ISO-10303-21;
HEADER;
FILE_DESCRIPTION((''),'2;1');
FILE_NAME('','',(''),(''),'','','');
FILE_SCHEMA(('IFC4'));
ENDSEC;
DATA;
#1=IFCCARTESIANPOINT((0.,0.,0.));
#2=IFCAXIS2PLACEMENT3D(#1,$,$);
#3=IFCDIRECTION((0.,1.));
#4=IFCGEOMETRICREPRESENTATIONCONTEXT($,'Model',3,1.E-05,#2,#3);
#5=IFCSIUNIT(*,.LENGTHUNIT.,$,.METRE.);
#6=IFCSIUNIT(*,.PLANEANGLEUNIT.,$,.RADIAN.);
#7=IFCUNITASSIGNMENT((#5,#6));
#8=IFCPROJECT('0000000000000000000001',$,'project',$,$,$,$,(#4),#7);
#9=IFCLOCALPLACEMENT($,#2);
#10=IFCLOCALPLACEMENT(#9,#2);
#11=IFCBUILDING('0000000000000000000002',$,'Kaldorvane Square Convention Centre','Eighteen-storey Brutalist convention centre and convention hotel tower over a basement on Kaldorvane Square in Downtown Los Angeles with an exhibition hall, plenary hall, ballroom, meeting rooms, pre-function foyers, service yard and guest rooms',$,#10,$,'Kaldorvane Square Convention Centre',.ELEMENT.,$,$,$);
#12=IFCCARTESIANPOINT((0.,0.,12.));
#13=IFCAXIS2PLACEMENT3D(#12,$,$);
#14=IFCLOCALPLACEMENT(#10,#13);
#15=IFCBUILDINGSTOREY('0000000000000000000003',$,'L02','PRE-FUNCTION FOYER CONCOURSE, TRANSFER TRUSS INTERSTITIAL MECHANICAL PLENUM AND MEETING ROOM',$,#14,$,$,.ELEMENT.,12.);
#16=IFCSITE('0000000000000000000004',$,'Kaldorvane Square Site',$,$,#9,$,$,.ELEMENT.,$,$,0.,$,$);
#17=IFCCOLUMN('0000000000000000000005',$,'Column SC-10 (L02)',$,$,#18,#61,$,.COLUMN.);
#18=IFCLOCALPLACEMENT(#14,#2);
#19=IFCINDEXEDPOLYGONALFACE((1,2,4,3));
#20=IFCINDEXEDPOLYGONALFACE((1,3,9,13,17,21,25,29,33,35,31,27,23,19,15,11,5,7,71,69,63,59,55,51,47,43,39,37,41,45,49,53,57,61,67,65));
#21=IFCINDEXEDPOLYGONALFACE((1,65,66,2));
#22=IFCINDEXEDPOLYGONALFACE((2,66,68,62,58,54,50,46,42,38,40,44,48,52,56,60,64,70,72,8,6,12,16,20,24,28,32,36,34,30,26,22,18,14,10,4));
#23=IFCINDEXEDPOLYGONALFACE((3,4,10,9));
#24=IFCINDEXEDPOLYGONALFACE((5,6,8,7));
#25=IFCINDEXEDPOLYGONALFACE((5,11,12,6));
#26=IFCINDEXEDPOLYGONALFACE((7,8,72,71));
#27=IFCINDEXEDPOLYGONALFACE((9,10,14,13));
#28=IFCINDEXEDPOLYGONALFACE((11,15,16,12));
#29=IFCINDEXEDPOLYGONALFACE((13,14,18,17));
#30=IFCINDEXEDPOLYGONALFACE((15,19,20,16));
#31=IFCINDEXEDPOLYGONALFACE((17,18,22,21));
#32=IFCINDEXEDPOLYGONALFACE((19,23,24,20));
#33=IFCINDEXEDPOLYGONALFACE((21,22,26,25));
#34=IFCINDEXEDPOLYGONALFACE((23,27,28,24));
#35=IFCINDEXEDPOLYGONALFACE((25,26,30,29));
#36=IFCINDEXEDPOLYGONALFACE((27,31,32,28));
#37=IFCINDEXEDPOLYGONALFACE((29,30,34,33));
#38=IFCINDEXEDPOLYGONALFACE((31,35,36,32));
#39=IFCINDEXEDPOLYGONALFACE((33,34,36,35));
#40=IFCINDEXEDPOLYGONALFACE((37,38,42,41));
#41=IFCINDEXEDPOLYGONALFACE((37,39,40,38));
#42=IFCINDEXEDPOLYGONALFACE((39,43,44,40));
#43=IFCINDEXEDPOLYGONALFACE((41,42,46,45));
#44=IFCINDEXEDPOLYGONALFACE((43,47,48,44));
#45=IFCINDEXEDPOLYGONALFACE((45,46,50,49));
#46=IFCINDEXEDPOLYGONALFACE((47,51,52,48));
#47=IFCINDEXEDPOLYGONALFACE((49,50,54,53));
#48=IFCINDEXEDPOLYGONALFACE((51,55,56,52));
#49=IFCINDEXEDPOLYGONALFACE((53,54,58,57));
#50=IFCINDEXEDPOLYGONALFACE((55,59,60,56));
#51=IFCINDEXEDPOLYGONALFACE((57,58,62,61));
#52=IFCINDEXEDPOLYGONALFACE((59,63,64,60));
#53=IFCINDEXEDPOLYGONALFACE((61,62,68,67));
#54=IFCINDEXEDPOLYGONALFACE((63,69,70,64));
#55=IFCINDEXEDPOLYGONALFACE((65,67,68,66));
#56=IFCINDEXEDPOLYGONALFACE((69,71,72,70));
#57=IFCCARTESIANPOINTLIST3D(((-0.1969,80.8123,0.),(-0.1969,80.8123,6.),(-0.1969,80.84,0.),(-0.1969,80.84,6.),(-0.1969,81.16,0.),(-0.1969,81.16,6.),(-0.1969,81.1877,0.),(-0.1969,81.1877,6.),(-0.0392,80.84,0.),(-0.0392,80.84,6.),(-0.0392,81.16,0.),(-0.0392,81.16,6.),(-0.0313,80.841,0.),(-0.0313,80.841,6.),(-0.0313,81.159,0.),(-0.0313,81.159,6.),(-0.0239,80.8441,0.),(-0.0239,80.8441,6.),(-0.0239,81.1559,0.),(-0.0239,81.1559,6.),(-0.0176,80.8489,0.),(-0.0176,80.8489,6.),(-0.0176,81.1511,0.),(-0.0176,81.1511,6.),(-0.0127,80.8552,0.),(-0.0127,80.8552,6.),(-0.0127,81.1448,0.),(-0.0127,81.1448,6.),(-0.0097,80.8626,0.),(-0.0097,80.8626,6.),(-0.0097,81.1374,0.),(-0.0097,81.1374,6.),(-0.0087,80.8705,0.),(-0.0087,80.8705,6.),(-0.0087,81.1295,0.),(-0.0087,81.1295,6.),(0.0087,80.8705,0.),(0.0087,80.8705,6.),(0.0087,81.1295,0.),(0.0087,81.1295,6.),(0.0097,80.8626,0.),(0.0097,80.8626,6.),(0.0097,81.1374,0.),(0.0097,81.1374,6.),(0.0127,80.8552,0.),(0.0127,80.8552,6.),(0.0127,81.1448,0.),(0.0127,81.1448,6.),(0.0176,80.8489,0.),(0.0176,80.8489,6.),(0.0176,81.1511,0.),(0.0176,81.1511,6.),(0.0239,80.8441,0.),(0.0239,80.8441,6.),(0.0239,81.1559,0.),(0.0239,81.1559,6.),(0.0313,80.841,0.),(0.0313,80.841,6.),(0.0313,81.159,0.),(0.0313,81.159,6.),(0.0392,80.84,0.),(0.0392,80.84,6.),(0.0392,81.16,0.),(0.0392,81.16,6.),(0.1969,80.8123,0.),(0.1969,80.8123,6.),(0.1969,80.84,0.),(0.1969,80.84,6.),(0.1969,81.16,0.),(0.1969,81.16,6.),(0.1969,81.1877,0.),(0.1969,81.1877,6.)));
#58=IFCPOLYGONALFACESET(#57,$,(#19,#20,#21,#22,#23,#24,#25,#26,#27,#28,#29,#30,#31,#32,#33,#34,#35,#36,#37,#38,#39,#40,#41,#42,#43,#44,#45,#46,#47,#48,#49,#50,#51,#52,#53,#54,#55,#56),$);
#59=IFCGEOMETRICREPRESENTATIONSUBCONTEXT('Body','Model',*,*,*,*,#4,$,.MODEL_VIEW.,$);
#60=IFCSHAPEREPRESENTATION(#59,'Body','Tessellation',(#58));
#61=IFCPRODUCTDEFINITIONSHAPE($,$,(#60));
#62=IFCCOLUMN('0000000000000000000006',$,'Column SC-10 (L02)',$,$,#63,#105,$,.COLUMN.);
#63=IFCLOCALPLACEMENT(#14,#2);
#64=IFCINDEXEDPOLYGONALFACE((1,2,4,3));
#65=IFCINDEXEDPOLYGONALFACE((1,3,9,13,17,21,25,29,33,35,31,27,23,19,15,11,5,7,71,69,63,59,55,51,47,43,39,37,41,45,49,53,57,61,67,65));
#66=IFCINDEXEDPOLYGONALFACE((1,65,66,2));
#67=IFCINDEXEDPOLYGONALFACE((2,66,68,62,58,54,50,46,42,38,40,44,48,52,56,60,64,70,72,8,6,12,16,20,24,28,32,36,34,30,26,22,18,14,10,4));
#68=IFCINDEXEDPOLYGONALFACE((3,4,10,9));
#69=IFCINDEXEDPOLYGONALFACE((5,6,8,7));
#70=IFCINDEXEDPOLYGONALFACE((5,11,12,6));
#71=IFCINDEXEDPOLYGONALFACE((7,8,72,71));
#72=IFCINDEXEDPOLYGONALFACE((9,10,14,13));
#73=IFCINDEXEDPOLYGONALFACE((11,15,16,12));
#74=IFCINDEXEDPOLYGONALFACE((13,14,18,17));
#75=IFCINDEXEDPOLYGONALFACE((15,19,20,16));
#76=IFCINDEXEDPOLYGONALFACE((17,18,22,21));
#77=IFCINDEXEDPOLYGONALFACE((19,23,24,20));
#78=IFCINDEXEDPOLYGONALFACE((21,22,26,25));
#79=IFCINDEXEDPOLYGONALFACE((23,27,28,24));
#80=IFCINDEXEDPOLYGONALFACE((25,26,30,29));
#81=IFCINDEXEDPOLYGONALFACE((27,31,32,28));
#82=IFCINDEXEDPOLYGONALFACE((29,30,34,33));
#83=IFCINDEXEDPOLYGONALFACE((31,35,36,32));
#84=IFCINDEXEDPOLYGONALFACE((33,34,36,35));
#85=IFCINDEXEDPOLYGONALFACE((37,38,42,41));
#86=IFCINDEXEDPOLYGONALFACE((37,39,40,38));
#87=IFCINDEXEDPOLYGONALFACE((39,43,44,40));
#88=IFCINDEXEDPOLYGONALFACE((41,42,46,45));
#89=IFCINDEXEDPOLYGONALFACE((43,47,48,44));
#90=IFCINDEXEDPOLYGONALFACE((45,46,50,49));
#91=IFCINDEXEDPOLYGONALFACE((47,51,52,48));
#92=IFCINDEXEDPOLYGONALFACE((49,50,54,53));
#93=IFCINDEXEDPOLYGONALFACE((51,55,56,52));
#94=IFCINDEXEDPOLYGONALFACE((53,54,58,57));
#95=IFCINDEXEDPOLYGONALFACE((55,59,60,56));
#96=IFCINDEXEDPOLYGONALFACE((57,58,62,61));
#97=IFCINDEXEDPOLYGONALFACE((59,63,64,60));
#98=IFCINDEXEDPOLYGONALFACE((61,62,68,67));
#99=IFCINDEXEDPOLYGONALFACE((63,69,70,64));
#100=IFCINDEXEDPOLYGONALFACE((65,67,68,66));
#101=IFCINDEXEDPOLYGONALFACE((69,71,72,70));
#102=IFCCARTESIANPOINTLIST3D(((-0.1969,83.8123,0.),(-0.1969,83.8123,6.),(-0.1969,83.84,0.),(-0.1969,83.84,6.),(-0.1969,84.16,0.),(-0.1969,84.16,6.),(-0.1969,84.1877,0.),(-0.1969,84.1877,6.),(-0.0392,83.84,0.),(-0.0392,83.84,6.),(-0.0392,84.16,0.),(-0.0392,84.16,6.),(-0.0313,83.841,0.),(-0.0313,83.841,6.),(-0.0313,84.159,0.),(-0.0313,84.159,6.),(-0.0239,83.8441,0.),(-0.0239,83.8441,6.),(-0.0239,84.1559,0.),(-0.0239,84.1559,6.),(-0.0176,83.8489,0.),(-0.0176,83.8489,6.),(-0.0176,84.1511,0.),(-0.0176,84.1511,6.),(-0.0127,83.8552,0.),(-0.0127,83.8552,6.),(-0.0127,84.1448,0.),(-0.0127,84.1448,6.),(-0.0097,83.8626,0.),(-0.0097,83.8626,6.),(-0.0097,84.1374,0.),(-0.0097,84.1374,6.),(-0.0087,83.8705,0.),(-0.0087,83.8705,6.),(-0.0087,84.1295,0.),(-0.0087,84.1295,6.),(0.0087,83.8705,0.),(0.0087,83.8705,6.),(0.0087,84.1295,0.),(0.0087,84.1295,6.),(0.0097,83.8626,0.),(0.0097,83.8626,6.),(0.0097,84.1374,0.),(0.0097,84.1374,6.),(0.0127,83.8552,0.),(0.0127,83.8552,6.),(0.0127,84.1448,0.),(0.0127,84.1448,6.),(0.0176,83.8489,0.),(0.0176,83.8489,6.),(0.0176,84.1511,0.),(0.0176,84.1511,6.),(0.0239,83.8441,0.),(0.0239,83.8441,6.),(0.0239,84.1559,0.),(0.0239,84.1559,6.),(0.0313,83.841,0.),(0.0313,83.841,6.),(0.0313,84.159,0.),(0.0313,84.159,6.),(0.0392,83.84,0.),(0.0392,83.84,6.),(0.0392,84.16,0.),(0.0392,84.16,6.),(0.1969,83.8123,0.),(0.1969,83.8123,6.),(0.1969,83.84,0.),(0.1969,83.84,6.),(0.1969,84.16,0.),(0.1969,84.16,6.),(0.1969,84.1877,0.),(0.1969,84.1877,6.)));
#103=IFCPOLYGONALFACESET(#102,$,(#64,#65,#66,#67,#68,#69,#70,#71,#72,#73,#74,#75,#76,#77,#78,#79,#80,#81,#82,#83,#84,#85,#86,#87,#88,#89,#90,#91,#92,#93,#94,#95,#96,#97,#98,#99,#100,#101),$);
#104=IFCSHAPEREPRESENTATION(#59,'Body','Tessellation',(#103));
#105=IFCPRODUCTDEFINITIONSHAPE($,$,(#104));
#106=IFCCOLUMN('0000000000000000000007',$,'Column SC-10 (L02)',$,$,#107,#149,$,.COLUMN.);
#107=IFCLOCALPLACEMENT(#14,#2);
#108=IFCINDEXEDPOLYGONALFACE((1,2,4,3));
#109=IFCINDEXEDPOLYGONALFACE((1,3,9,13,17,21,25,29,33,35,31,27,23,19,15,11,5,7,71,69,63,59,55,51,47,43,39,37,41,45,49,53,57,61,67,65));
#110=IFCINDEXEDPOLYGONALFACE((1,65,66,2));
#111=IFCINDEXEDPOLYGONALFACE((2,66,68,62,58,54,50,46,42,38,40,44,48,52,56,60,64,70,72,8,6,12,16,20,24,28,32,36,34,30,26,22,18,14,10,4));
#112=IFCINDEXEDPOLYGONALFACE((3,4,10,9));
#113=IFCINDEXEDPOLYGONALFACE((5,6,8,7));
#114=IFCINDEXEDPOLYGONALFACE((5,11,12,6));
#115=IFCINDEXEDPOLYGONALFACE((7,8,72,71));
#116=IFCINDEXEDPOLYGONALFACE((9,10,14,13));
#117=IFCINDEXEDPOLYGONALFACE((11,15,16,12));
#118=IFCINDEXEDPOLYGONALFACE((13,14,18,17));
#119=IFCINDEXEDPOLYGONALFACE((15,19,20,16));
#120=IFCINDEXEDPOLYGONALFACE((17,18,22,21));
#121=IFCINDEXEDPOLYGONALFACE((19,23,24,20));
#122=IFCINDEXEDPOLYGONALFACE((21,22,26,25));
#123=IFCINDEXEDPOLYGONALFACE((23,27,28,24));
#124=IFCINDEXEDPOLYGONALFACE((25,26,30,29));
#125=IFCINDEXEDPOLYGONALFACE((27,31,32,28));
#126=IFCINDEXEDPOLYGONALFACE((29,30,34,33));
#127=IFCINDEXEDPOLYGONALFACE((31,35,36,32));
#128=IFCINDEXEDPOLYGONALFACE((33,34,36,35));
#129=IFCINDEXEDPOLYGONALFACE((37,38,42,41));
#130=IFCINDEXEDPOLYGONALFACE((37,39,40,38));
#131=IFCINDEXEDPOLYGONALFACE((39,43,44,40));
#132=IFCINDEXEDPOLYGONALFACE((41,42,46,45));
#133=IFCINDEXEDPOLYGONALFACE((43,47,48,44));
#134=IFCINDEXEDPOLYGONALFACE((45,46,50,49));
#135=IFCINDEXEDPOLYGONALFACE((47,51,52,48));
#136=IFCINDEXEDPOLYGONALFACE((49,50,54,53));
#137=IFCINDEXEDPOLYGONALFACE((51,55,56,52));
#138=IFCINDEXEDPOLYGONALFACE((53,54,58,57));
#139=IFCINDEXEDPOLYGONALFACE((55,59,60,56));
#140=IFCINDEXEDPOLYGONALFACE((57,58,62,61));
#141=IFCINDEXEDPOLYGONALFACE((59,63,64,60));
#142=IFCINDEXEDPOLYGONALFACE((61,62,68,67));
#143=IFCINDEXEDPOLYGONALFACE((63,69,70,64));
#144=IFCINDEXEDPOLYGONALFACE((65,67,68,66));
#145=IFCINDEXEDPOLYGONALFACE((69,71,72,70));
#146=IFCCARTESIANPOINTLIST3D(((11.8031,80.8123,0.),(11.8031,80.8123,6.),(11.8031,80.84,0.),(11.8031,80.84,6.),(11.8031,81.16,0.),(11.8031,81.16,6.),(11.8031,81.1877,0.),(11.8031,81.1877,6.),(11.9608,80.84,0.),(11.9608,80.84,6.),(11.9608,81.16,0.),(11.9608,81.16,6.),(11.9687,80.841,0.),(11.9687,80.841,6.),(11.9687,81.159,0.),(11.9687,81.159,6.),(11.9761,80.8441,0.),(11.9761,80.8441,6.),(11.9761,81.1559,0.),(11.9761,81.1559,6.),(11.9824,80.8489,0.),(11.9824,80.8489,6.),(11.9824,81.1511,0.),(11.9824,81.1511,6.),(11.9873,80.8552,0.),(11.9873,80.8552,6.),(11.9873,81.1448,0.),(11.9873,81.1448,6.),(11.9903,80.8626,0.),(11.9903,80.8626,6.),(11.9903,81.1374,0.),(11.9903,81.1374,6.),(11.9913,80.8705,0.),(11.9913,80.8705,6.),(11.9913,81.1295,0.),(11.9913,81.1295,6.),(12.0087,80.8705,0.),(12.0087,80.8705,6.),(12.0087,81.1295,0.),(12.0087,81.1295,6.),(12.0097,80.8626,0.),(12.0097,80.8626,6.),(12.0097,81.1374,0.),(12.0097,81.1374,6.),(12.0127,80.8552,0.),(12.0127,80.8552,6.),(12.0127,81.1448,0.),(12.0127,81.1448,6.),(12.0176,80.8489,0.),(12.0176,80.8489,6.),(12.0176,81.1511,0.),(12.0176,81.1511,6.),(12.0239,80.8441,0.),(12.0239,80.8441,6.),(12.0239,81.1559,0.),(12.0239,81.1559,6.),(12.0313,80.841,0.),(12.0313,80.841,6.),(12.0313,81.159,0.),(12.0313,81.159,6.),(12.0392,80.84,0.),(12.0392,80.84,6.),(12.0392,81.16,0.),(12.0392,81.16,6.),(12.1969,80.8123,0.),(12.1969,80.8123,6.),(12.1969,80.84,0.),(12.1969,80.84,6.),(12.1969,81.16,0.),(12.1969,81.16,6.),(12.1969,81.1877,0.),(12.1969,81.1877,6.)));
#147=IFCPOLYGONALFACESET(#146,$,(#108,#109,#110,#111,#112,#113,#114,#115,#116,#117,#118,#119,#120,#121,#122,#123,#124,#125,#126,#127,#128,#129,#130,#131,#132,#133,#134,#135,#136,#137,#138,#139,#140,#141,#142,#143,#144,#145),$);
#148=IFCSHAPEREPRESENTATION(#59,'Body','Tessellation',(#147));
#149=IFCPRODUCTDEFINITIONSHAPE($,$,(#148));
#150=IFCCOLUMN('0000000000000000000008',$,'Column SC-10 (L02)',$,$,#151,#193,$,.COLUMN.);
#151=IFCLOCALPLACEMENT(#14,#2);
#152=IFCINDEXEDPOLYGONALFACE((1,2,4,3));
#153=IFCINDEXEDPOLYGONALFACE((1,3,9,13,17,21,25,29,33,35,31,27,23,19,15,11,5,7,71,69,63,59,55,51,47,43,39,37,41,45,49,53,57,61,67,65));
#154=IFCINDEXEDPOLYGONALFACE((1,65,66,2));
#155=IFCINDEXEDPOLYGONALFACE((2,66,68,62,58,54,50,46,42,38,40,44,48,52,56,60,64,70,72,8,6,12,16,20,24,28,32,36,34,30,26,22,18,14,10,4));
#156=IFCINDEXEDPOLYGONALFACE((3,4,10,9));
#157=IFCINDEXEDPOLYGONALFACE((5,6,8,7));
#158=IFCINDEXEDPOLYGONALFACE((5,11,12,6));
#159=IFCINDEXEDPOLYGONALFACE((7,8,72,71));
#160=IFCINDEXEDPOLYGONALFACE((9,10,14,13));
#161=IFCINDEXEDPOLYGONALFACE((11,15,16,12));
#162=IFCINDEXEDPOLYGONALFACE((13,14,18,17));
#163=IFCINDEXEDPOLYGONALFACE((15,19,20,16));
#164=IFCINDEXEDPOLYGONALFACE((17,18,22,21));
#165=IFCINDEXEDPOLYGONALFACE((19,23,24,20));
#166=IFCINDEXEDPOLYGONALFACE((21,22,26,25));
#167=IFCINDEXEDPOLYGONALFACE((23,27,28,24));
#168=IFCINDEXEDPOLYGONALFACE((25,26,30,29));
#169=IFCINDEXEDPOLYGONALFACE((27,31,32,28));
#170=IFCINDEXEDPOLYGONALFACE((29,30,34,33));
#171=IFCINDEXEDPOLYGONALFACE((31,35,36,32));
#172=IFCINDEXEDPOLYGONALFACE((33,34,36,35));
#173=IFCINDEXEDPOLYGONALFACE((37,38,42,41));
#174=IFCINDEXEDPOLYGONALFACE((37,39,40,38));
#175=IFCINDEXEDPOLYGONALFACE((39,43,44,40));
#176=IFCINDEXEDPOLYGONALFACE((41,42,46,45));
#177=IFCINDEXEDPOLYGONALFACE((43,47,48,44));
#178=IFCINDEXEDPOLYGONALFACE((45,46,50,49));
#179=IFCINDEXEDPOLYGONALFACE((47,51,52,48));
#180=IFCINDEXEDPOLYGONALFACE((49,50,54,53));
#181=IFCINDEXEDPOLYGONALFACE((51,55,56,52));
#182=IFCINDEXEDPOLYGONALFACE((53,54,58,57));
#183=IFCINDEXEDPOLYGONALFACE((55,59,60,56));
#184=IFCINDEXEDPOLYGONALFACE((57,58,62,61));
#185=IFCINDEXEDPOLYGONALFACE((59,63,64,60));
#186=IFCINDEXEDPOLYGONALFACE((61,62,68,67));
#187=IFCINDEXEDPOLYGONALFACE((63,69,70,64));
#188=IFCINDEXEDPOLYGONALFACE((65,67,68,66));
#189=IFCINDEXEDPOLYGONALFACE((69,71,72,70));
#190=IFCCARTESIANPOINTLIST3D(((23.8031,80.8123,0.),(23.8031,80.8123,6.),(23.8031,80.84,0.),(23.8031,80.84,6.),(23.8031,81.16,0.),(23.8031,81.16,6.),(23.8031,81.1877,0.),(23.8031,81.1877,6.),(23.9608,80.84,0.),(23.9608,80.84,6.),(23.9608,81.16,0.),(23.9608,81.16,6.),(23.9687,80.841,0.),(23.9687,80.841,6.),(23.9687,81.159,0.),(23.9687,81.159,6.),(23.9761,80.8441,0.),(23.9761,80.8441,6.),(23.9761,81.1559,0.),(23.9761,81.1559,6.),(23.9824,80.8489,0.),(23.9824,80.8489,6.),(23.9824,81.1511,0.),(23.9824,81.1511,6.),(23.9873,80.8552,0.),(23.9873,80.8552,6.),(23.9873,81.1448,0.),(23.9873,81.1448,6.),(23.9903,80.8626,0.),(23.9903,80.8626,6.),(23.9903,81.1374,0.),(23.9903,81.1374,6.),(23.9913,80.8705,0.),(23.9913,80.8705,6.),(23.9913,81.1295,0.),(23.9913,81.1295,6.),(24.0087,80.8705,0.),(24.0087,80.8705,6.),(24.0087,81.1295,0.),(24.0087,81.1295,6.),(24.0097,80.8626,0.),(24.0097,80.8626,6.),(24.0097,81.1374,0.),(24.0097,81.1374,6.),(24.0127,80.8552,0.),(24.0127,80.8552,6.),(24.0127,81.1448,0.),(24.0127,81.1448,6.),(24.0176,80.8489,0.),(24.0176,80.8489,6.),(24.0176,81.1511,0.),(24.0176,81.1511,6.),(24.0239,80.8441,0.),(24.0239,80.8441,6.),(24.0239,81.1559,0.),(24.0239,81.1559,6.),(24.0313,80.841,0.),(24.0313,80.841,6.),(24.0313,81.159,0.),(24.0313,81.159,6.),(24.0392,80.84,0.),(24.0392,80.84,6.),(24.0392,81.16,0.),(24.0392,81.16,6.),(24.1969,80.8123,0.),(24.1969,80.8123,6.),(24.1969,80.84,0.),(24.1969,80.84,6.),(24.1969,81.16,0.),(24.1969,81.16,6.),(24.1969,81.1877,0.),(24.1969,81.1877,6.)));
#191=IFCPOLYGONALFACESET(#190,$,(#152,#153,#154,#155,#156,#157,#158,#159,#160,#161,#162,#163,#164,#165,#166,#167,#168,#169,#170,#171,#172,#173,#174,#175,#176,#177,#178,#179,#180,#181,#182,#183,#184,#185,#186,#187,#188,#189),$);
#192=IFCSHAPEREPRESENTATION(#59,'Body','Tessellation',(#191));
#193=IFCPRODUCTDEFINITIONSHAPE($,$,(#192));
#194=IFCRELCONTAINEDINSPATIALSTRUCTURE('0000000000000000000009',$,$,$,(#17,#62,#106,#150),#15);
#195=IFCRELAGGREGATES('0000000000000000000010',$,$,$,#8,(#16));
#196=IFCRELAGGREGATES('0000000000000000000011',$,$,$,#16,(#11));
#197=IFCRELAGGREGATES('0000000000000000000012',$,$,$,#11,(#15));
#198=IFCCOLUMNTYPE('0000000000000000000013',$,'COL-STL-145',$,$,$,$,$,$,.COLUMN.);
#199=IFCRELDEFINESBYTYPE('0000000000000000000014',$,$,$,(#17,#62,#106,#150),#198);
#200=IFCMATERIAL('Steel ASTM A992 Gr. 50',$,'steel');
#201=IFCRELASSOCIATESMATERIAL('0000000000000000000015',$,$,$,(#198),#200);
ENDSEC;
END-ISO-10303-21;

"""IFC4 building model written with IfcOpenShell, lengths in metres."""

from ifc_helpers import new_model, si_unit, direction, frame, origin, origin_2d, place, context, subcontext, project, spatial, i_section, extrude, material, material_profile, profile_set, type_object, element, save


model = new_model("IFC4")

# Units and contexts
model_context = context("Model", 3, precision=1e-05, world=origin(), true_north=direction((0.0, 1.0)))
body_context = subcontext(model_context, "Body", "Model", "MODEL_VIEW")
ifc_project = project(units=[si_unit("LENGTHUNIT", "METRE"), si_unit("PLANEANGLEUNIT", "RADIAN")], contexts=[model_context])

# Site, building, storey
site_placement = place(None, origin())
site = spatial("IfcSite", under=ifc_project, at=site_placement, Name="Kaldorvane Square Site", CompositionType="ELEMENT", RefElevation=0.0)
building_placement = place(site_placement, origin())
building = spatial("IfcBuilding", under=site, at=building_placement, Name="Kaldorvane Square Convention Centre", Description="Eighteen-storey Brutalist convention centre and convention hotel tower over a basement on Kaldorvane Square in Downtown Los Angeles with an exhibition hall, plenary hall, ballroom, meeting rooms, pre-function foyers, service yard and guest rooms", LongName="Kaldorvane Square Convention Centre", CompositionType="ELEMENT")
storey_placement = place(building_placement, frame((0.0, 0.0, 12.0)))
storey = spatial("IfcBuildingStorey", under=building, at=storey_placement, Name="L02", Description="PRE-FUNCTION FOYER CONCOURSE, TRANSFER TRUSS INTERSTITIAL MECHANICAL PLENUM AND MEETING ROOM", CompositionType="ELEMENT", Elevation=12.0)

# Columns
ifc_material_1 = material(Name="Steel ASTM A992 Gr. 50", Category="steel")
ifc_material_profile_1 = material_profile(ifc_material_1, i_section(OverallWidth=0.3937, OverallDepth=0.3754, WebThickness=0.0173, FlangeThickness=0.0277, FilletRadius=0.0305, at=origin_2d()), Name="W14X145")
ifc_profile_set_1 = profile_set([ifc_material_profile_1], Name="Steel ASTM A992 Gr. 50")
column_type = type_object("IfcColumnType", Name="COL-STL-145", PredefinedType="COLUMN", material=ifc_profile_set_1)
for number, where, z_axis, x_axis, name in (
    (1, (0.0, 81.0, 0.0), (0.0, 0.0, 1.0), (1.0, 0.0, 0.0), "Column SC-10 (L02)"),
    (2, (0.0, 84.0, 0.0), (0.0, 0.0, 1.0), (1.0, 0.0, 0.0), "Column SC-10 (L02)"),
    (3, (12.0, 81.0, 0.0), (0.0, 0.0, 1.0), (1.0, 0.0, 0.0), "Column SC-10 (L02)"),
    (4, (24.0, 81.0, 0.0), (0.0, 0.0, 1.0), (1.0, 0.0, 0.0), "Column SC-10 (L02)"),
):
    element("IfcColumn", number, at=place(storey_placement, frame(where, z_axis=z_axis, x_axis=x_axis)), inside=storey, type_object=column_type, Name=name, PredefinedType="COLUMN", context=body_context, shape_type="SweptSolid", body=[
        extrude(i_section(OverallWidth=0.3937, OverallDepth=0.3754, WebThickness=0.0173, FlangeThickness=0.0277, FilletRadius=0.0305, at=origin_2d()), origin(), (0.0, 0.0, 1.0), 6.0),
    ])

save(model, "model.ifc")
